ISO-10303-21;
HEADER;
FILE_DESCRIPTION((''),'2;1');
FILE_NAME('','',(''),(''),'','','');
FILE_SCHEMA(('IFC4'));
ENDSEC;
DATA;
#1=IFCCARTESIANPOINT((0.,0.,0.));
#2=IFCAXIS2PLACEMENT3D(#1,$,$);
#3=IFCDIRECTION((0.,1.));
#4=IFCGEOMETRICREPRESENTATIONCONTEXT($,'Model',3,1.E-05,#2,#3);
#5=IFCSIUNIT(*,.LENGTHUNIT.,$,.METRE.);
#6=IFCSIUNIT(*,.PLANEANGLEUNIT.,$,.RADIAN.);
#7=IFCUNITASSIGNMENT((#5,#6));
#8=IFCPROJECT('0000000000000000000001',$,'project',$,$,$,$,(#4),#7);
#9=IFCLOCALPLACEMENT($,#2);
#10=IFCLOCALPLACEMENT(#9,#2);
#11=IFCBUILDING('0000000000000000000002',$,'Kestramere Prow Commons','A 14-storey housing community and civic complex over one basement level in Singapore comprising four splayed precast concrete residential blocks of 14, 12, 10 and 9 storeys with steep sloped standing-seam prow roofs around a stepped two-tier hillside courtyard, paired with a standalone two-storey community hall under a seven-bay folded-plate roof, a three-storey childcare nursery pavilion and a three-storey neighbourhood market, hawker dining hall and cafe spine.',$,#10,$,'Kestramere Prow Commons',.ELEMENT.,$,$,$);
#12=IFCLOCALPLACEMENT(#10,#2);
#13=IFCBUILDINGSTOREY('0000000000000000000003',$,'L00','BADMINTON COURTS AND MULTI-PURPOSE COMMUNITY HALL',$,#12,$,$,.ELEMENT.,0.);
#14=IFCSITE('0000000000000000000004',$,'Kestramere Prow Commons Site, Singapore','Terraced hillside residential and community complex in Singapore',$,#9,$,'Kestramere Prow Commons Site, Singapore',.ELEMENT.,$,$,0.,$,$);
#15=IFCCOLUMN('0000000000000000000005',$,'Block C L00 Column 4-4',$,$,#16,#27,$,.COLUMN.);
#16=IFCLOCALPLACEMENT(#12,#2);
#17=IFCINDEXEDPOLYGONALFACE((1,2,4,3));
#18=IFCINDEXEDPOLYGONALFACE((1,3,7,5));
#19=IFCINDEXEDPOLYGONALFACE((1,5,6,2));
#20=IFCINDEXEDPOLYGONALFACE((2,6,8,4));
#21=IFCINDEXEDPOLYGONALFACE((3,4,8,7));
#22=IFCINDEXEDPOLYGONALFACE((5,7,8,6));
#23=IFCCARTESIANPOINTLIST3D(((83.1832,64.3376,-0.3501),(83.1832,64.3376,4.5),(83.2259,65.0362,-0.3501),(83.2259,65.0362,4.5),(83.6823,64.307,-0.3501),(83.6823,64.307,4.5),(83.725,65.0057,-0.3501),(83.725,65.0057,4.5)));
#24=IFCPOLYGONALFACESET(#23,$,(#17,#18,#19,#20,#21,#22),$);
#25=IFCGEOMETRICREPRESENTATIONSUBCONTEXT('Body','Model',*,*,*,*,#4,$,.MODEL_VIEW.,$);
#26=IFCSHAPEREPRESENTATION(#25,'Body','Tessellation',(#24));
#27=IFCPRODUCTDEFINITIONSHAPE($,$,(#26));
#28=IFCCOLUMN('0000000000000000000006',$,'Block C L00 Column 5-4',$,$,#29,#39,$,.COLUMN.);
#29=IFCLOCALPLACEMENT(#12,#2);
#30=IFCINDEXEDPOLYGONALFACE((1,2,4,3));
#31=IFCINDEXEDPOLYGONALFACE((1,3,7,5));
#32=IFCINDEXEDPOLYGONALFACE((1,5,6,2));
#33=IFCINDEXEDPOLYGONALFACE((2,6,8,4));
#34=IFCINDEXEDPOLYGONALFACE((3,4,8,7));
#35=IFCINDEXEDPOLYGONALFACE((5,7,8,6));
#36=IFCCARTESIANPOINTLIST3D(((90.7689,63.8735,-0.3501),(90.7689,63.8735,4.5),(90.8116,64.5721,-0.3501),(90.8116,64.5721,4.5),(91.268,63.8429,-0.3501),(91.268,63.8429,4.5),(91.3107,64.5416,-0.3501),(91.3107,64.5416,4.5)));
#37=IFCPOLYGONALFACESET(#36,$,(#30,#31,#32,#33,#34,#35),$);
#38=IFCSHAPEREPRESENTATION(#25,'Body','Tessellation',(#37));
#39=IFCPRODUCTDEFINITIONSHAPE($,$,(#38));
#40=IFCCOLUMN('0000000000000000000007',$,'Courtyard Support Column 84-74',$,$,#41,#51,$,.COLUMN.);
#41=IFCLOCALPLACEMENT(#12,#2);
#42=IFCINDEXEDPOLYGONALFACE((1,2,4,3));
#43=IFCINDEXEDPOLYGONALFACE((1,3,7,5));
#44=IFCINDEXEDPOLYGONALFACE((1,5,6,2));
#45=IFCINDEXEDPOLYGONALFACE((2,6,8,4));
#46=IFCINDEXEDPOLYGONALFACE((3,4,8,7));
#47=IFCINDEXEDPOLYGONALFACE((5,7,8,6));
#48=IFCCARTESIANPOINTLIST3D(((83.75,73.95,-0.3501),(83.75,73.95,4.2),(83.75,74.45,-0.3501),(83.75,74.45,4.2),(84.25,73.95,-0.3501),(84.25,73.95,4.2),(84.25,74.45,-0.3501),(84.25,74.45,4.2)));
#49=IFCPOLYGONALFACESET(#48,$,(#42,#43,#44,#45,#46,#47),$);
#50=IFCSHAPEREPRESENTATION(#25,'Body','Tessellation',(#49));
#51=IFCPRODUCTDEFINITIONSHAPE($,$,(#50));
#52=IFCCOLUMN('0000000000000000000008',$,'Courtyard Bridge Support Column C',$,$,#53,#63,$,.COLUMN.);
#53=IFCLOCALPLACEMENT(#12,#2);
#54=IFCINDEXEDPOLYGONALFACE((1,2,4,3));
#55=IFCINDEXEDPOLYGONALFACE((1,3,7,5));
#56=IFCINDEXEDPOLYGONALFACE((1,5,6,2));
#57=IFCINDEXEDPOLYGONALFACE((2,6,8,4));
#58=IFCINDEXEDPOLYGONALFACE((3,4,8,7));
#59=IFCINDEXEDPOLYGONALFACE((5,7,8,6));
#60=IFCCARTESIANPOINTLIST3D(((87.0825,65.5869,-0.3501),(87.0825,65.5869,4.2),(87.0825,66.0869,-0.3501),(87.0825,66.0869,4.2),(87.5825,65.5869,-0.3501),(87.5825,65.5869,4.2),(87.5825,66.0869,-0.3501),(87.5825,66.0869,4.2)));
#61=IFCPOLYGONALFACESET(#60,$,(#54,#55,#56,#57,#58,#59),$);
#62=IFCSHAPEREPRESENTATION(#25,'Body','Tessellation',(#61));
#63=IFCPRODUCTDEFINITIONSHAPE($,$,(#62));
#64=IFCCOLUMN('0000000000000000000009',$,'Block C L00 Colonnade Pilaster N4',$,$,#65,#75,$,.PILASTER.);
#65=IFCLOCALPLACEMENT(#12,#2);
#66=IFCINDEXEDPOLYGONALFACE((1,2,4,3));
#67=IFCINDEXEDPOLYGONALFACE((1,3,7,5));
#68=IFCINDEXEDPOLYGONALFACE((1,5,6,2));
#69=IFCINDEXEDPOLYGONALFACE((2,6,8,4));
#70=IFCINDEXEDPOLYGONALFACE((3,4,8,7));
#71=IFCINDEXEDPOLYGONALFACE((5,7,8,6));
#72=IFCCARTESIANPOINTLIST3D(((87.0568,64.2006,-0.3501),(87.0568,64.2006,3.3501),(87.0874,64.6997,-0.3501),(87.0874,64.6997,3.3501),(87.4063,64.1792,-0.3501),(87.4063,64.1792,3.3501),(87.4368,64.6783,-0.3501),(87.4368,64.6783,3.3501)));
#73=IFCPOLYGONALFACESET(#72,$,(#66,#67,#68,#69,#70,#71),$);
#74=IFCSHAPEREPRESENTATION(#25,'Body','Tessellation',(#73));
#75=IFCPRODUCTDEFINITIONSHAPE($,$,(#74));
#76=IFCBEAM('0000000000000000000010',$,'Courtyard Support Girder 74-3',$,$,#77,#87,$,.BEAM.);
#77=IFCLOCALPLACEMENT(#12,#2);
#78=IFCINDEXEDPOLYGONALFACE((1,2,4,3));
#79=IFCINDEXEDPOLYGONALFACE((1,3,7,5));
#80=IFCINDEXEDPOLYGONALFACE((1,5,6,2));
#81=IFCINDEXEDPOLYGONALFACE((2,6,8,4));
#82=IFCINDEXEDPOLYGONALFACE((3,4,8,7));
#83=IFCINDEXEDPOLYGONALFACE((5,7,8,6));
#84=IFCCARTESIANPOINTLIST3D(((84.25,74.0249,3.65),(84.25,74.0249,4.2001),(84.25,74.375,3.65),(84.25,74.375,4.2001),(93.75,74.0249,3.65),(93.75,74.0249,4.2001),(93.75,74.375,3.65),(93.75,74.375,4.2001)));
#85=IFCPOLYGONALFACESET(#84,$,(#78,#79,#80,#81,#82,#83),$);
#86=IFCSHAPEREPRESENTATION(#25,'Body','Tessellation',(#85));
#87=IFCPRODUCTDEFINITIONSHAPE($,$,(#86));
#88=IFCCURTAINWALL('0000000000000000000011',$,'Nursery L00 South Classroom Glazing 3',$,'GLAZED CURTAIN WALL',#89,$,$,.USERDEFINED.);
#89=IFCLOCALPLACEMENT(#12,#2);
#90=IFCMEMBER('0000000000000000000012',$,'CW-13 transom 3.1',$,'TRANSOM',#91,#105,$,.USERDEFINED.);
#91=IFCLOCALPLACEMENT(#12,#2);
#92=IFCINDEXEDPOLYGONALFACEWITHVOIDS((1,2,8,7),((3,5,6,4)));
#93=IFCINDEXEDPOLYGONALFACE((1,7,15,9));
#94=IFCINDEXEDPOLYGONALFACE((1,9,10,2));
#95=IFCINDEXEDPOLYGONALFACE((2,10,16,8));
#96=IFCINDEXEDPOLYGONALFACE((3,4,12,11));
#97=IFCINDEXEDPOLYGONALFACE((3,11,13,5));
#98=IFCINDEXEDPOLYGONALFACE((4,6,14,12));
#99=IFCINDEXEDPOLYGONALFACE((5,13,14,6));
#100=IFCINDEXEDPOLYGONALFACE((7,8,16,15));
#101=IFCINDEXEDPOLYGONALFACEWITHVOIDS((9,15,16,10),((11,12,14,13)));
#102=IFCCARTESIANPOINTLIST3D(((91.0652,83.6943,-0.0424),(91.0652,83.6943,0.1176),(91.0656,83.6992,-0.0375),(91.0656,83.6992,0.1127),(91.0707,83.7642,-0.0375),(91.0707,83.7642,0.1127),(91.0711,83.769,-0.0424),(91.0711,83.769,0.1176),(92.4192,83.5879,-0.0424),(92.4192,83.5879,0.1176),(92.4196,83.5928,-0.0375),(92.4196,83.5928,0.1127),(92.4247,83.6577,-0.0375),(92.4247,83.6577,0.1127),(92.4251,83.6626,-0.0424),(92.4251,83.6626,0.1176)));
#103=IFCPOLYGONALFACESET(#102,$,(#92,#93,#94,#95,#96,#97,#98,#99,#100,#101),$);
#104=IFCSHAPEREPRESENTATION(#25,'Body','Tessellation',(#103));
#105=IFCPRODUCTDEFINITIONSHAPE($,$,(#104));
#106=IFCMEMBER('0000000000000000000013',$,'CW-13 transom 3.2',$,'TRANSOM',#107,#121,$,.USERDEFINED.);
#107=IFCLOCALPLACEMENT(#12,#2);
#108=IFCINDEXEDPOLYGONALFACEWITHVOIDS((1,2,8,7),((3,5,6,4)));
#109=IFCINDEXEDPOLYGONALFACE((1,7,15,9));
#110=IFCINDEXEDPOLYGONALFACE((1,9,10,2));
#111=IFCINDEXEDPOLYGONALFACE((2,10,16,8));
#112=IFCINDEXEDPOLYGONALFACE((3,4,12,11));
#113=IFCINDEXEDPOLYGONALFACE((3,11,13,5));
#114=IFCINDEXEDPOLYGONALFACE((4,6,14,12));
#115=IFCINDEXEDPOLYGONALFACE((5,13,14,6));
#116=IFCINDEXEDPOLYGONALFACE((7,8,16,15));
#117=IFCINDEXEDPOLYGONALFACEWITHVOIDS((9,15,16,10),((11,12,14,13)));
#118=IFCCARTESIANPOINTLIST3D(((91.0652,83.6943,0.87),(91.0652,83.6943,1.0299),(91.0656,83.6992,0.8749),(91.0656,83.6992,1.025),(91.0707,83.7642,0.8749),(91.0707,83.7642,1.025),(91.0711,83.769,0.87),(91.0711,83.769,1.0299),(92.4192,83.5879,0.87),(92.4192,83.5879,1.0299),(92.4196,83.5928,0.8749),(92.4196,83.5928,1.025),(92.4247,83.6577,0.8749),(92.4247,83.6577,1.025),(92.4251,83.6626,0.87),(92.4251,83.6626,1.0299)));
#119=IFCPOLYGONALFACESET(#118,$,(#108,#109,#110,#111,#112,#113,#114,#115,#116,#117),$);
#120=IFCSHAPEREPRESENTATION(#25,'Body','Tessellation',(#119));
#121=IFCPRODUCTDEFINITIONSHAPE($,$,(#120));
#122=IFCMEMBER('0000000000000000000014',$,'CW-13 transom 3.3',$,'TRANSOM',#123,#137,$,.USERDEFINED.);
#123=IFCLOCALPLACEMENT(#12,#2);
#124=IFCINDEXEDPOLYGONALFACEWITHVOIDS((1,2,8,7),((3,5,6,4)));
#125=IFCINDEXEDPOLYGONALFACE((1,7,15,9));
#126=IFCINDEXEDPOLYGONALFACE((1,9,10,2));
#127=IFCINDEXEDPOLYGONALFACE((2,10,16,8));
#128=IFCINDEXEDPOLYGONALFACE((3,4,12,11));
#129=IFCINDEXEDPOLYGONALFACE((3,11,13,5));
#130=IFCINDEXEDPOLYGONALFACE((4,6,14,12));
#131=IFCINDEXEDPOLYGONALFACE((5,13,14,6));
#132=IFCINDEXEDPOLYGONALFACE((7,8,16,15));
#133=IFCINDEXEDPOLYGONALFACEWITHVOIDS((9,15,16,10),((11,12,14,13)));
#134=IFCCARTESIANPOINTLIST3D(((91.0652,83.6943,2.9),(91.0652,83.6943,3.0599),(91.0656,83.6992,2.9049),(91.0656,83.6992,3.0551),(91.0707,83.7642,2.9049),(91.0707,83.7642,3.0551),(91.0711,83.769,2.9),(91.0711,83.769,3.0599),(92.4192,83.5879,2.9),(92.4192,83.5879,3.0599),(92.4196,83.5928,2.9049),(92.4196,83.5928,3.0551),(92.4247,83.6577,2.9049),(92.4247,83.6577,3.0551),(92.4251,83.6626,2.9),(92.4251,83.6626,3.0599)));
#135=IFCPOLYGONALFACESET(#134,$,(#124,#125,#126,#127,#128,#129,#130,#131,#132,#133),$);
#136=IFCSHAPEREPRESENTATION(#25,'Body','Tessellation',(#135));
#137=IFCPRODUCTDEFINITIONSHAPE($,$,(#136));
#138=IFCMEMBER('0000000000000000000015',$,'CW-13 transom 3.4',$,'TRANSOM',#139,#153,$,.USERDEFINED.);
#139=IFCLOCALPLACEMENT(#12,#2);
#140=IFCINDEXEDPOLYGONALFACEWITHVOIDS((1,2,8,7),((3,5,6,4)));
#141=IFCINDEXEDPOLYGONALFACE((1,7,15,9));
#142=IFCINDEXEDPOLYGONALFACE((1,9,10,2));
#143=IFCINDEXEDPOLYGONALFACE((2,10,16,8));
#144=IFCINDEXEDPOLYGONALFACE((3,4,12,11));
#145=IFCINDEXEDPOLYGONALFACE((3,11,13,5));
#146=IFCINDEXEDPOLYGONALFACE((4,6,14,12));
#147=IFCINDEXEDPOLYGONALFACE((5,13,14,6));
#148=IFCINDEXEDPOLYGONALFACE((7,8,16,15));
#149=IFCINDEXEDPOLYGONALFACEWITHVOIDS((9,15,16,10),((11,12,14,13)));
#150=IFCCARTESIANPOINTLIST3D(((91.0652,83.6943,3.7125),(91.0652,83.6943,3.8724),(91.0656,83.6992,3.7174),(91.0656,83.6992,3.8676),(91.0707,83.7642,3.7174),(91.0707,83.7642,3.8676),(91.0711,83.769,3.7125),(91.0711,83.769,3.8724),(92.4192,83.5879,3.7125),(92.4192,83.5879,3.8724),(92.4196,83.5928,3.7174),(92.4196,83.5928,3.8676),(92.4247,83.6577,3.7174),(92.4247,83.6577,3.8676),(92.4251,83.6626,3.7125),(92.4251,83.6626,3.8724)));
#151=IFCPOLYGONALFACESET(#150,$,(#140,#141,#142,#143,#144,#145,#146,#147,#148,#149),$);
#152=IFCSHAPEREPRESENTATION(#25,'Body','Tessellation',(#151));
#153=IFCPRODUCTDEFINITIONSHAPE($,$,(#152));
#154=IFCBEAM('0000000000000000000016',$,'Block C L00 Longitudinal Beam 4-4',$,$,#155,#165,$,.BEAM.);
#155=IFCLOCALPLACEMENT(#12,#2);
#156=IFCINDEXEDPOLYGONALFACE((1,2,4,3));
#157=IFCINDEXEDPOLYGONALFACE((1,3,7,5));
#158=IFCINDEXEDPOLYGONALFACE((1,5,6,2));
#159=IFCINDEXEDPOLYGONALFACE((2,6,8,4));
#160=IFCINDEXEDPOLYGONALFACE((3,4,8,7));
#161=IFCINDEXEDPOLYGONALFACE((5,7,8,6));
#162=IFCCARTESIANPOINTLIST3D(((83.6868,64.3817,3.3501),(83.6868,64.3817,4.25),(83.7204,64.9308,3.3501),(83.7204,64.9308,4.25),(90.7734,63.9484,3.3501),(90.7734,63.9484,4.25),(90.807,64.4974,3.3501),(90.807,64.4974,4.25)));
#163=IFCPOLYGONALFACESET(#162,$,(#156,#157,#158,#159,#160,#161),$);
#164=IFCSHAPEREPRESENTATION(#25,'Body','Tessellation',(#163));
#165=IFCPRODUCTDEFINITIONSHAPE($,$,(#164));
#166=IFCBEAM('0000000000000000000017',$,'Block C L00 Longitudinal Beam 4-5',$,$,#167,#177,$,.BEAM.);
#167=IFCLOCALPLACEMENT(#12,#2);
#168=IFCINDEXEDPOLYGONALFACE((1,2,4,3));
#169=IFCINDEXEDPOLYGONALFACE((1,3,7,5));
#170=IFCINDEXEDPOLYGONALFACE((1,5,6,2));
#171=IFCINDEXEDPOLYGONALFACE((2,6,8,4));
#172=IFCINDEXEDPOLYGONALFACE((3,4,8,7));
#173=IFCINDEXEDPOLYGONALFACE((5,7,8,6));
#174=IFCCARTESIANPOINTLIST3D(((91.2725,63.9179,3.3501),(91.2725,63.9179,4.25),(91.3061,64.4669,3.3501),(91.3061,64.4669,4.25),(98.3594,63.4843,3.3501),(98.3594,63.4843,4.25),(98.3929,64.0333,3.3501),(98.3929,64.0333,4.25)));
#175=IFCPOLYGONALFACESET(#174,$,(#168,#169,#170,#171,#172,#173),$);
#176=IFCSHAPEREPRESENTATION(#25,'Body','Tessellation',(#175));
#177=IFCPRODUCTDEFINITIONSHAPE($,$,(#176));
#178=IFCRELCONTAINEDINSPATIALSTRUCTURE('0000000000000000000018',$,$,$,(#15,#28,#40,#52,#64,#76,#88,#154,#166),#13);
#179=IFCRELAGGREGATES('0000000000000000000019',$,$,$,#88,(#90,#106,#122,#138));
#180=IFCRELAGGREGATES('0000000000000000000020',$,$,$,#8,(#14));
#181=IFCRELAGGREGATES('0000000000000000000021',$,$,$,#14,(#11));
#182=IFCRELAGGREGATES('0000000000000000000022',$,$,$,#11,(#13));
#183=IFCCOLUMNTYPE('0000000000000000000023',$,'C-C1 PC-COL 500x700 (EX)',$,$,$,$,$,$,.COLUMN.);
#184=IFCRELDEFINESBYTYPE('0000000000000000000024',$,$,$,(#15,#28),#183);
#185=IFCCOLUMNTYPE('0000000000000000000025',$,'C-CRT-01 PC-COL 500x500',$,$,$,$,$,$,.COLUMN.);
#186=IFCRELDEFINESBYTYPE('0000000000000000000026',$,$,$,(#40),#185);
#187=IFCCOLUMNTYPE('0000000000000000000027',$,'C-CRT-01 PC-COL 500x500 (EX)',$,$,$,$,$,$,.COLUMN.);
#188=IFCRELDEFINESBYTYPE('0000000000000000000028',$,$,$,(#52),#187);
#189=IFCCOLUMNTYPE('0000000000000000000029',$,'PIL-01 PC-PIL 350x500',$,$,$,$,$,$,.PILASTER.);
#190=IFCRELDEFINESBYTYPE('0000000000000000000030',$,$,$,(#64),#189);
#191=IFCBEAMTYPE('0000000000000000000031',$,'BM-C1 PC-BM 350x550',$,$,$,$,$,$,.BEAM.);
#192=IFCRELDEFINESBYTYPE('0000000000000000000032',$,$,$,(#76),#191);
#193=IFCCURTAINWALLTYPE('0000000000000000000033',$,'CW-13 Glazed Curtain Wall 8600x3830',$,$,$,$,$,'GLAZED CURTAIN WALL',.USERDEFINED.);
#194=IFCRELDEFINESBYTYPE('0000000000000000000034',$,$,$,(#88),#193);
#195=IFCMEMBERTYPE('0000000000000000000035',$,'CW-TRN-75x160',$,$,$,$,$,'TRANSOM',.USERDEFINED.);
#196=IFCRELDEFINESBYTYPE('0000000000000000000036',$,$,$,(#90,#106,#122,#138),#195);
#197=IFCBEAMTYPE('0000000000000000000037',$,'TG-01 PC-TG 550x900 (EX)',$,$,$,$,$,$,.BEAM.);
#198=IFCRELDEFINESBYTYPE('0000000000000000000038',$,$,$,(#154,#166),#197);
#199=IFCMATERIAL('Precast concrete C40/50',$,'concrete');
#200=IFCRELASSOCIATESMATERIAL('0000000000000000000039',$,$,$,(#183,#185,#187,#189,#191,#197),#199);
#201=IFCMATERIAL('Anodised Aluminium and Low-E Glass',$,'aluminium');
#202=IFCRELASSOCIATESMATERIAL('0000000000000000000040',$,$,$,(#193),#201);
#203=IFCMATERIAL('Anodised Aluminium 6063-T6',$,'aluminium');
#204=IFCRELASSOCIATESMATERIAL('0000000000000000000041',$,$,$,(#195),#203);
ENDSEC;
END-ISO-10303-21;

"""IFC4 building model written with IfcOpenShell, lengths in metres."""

from ifc_helpers import new_model, si_unit, direction, frame, origin, origin_2d, place, context, subcontext, project, spatial, rectangle, hollow_rectangle, extrude, material, material_profile, profile_set, type_object, element, aggregate, save


model = new_model("IFC4")

# Units and contexts
model_context = context("Model", 3, precision=1e-05, world=origin(), true_north=direction((0.0, 1.0)))
body_context = subcontext(model_context, "Body", "Model", "MODEL_VIEW")
ifc_project = project(units=[si_unit("LENGTHUNIT", "METRE"), si_unit("PLANEANGLEUNIT", "RADIAN")], contexts=[model_context])

# Site, building, storey
site_placement = place(None, origin())
site = spatial("IfcSite", under=ifc_project, at=site_placement, Name="Kestramere Prow Commons Site, Singapore", Description="Terraced hillside residential and community complex in Singapore", LongName="Kestramere Prow Commons Site, Singapore", CompositionType="ELEMENT", RefElevation=0.0)
building_placement = place(site_placement, origin())
building = spatial("IfcBuilding", under=site, at=building_placement, Name="Kestramere Prow Commons", Description="A 14-storey housing community and civic complex over one basement level in Singapore comprising four splayed precast concrete residential blocks of 14, 12, 10 and 9 storeys with steep sloped standing-seam prow roofs around a stepped two-tier hillside courtyard, paired with a standalone two-storey community hall under a seven-bay folded-plate roof, a three-storey childcare nursery pavilion and a three-storey neighbourhood market, hawker dining hall and cafe spine.", LongName="Kestramere Prow Commons", CompositionType="ELEMENT")
storey_placement = place(building_placement, origin())
storey = spatial("IfcBuildingStorey", under=building, at=storey_placement, Name="L00", Description="BADMINTON COURTS AND MULTI-PURPOSE COMMUNITY HALL", CompositionType="ELEMENT", Elevation=0.0)

# Columns
ifc_material_1 = material(Name="Precast concrete C40/50", Category="concrete")
ifc_material_profile_1 = material_profile(ifc_material_1, rectangle(XDim=0.5, YDim=0.7, at=origin_2d()), Name="PC-COL 500x700")
ifc_profile_set_1 = profile_set([ifc_material_profile_1], Name="Precast concrete C40/50")
column_type_1 = type_object("IfcColumnType", Name="C-C1 PC-COL 500x700 (EX)", PredefinedType="COLUMN", material=ifc_profile_set_1)
for number, where, z_axis, x_axis, name in (
    (1, (83.4541, 64.6716, -0.3501), (0.0, 0.0, 1.0), (0.998135, -0.061049, 0.0), "Block C L00 Column 4-4"),
    (2, (91.0398, 64.2075, -0.3501), (0.0, 0.0, 1.0), (0.998135, -0.061049, 0.0), "Block C L00 Column 5-4"),
):
    element("IfcColumn", number, at=place(storey_placement, frame(where, z_axis=z_axis, x_axis=x_axis)), inside=storey, type_object=column_type_1, Name=name, PredefinedType="COLUMN", context=body_context, shape_type="SweptSolid", body=[
        extrude(rectangle(XDim=0.5, YDim=0.7, at=origin_2d()), origin(), (0.0, 0.0, 1.0), 4.8501),
    ])
ifc_material_profile_2 = material_profile(ifc_material_1, rectangle(XDim=0.5, YDim=0.5, at=origin_2d()), Name="PC-COL 500x500")
ifc_profile_set_2 = profile_set([ifc_material_profile_2], Name="Precast concrete C40/50")
column_type_2 = type_object("IfcColumnType", Name="C-CRT-01 PC-COL 500x500", PredefinedType="COLUMN", material=ifc_profile_set_2)
column_1_placement = place(storey_placement, frame((84.0, 74.2, -0.3501), z_axis=(0.0, 0.0, 1.0), x_axis=(1.0, 0.0, 0.0)))
element("IfcColumn", 3, at=column_1_placement, inside=storey, type_object=column_type_2, Name="Courtyard Support Column 84-74", PredefinedType="COLUMN", context=body_context, shape_type="SweptSolid", body=[
    extrude(rectangle(XDim=0.5, YDim=0.5, at=origin_2d()), origin(), (0.0, 0.0, 1.0), 4.55),
])
ifc_material_profile_3 = material_profile(ifc_material_1, rectangle(XDim=0.5, YDim=0.5, at=origin_2d()), Name="PC-COL 500x500")
ifc_profile_set_3 = profile_set([ifc_material_profile_3], Name="Precast concrete C40/50")
column_type_3 = type_object("IfcColumnType", Name="C-CRT-01 PC-COL 500x500 (EX)", PredefinedType="COLUMN", material=ifc_profile_set_3)
column_2_placement = place(storey_placement, frame((87.3325, 65.8369, -0.3501), z_axis=(0.0, 0.0, 1.0), x_axis=(1.0, 0.0, 0.0)))
element("IfcColumn", 4, at=column_2_placement, inside=storey, type_object=column_type_3, Name="Courtyard Bridge Support Column C", PredefinedType="COLUMN", context=body_context, shape_type="SweptSolid", body=[
    extrude(rectangle(XDim=0.5, YDim=0.5, at=origin_2d()), origin(), (0.0, 0.0, 1.0), 4.55),
])
ifc_material_profile_4 = material_profile(ifc_material_1, rectangle(XDim=0.3501, YDim=0.5, at=origin_2d()), Name="PC-PIL 350x500")
ifc_profile_set_4 = profile_set([ifc_material_profile_4], Name="Precast concrete C40/50")
column_type_4 = type_object("IfcColumnType", Name="PIL-01 PC-PIL 350x500", PredefinedType="PILASTER", material=ifc_profile_set_4)
column_3_placement = place(storey_placement, frame((87.2468, 64.4395, -0.3501), z_axis=(0.0, 0.0, 1.0), x_axis=(0.998135, -0.061049, 0.0)))
element("IfcColumn", 5, at=column_3_placement, inside=storey, type_object=column_type_4, Name="Block C L00 Colonnade Pilaster N4", PredefinedType="PILASTER", context=body_context, shape_type="SweptSolid", body=[
    extrude(rectangle(XDim=0.3501, YDim=0.5, at=origin_2d()), origin(), (0.0, 0.0, 1.0), 3.7002),
])

# Beam
ifc_material_profile_5 = material_profile(ifc_material_1, rectangle(XDim=0.3501, YDim=0.55, at=origin_2d()), Name="PC-BM 350x550")
ifc_profile_set_5 = profile_set([ifc_material_profile_5], Name="Precast concrete C40/50")
beam_type_1 = type_object("IfcBeamType", Name="BM-C1 PC-BM 350x550", PredefinedType="BEAM", material=ifc_profile_set_5)
beam_1_placement = place(storey_placement, frame((84.25, 74.2, 3.925), z_axis=(1.0, 0.0, 0.0), x_axis=(0.0, 1.0, 0.0)))
element("IfcBeam", 6, at=beam_1_placement, inside=storey, type_object=beam_type_1, Name="Courtyard Support Girder 74-3", PredefinedType="BEAM", context=body_context, shape_type="SweptSolid", body=[
    extrude(rectangle(XDim=0.3501, YDim=0.55, at=origin_2d()), origin(), (0.0, 0.0, 1.0), 9.5),
])

# Curtain wall, members
ifc_material_2 = material(Name="Anodised Aluminium and Low-E Glass", Category="aluminium")
curtain_wall_type = type_object("IfcCurtainWallType", Name="CW-13 Glazed Curtain Wall 8600x3830", ElementType="GLAZED CURTAIN WALL", PredefinedType="USERDEFINED", material=ifc_material_2)
curtain_wall_placement = place(storey_placement, origin())
curtain_wall = element("IfcCurtainWall", 7, at=curtain_wall_placement, inside=storey, type_object=curtain_wall_type, Name="Nursery L00 South Classroom Glazing 3", ObjectType="GLAZED CURTAIN WALL", PredefinedType="USERDEFINED")
ifc_material_3 = material(Name="Anodised Aluminium 6063-T6", Category="aluminium")
ifc_material_profile_6 = material_profile(ifc_material_3, hollow_rectangle(XDim=0.075, YDim=0.1599, WallThickness=0.0049, at=origin_2d()), Name="ALU-TRN 75x160")
ifc_profile_set_6 = profile_set([ifc_material_profile_6], Name="Anodised Aluminium 6063-T6")
member_type = type_object("IfcMemberType", Name="CW-TRN-75x160", ElementType="TRANSOM", PredefinedType="USERDEFINED", material=ifc_profile_set_6)
member_1_placement = place(storey_placement, frame((92.4221, 83.6252, 0.0376), z_axis=(-0.996924, 0.078373, 0.0), x_axis=(-0.078373, -0.996924, 0.0)))
member_1 = element("IfcMember", 8, at=member_1_placement, type_object=member_type, Name="CW-13 transom 3.1", ObjectType="TRANSOM", PredefinedType="USERDEFINED", context=body_context, shape_type="SweptSolid", body=[
    extrude(hollow_rectangle(XDim=0.075, YDim=0.1599, WallThickness=0.0049, at=origin_2d()), origin(), (0.0, 0.0, 1.0), 1.3582),
])
member_2_placement = place(storey_placement, frame((92.4221, 83.6252, 0.95), z_axis=(-0.996924, 0.078373, 0.0), x_axis=(-0.078373, -0.996924, 0.0)))
member_2 = element("IfcMember", 9, at=member_2_placement, type_object=member_type, Name="CW-13 transom 3.2", ObjectType="TRANSOM", PredefinedType="USERDEFINED", context=body_context, shape_type="SweptSolid", body=[
    extrude(hollow_rectangle(XDim=0.075, YDim=0.1599, WallThickness=0.0049, at=origin_2d()), origin(), (0.0, 0.0, 1.0), 1.3582),
])
member_3_placement = place(storey_placement, frame((92.4221, 83.6252, 2.98), z_axis=(-0.996924, 0.078373, 0.0), x_axis=(-0.078373, -0.996924, 0.0)))
member_3 = element("IfcMember", 10, at=member_3_placement, type_object=member_type, Name="CW-13 transom 3.3", ObjectType="TRANSOM", PredefinedType="USERDEFINED", context=body_context, shape_type="SweptSolid", body=[
    extrude(hollow_rectangle(XDim=0.075, YDim=0.1599, WallThickness=0.0049, at=origin_2d()), origin(), (0.0, 0.0, 1.0), 1.3582),
])
member_4_placement = place(storey_placement, frame((92.4221, 83.6252, 3.7925), z_axis=(-0.996924, 0.078373, 0.0), x_axis=(-0.078373, -0.996924, 0.0)))
member_4 = element("IfcMember", 11, at=member_4_placement, type_object=member_type, Name="CW-13 transom 3.4", ObjectType="TRANSOM", PredefinedType="USERDEFINED", context=body_context, shape_type="SweptSolid", body=[
    extrude(hollow_rectangle(XDim=0.075, YDim=0.1599, WallThickness=0.0049, at=origin_2d()), origin(), (0.0, 0.0, 1.0), 1.3582),
])

# Beams
ifc_material_profile_7 = material_profile(ifc_material_1, rectangle(XDim=0.55, YDim=0.8999, at=origin_2d()), Name="PC-TG 550x900")
ifc_profile_set_7 = profile_set([ifc_material_profile_7], Name="Precast concrete C40/50")
beam_type_2 = type_object("IfcBeamType", Name="TG-01 PC-TG 550x900 (EX)", PredefinedType="BEAM", material=ifc_profile_set_7)
beam_2_placement = place(storey_placement, frame((83.7036, 64.6562, 3.8), z_axis=(0.998136, -0.061036, 0.0), x_axis=(0.061036, 0.998136, 0.0)))
element("IfcBeam", 12, at=beam_2_placement, inside=storey, type_object=beam_type_2, Name="Block C L00 Longitudinal Beam 4-4", PredefinedType="BEAM", context=body_context, shape_type="SweptSolid", body=[
    extrude(rectangle(XDim=0.55, YDim=0.8999, at=origin_2d()), origin(), (0.0, 0.0, 1.0), 7.0999),
])
beam_3_placement = place(storey_placement, frame((91.2893, 64.1924, 3.8), z_axis=(0.998134, -0.061068, 0.0), x_axis=(0.061068, 0.998134, 0.0)))
element("IfcBeam", 13, at=beam_3_placement, inside=storey, type_object=beam_type_2, Name="Block C L00 Longitudinal Beam 4-5", PredefinedType="BEAM", context=body_context, shape_type="SweptSolid", body=[
    extrude(rectangle(XDim=0.55, YDim=0.8999, at=origin_2d()), origin(), (0.0, 0.0, 1.0), 7.1001),
])

aggregate(curtain_wall, [member_1, member_2, member_3, member_4])

save(model, "model.ifc")
